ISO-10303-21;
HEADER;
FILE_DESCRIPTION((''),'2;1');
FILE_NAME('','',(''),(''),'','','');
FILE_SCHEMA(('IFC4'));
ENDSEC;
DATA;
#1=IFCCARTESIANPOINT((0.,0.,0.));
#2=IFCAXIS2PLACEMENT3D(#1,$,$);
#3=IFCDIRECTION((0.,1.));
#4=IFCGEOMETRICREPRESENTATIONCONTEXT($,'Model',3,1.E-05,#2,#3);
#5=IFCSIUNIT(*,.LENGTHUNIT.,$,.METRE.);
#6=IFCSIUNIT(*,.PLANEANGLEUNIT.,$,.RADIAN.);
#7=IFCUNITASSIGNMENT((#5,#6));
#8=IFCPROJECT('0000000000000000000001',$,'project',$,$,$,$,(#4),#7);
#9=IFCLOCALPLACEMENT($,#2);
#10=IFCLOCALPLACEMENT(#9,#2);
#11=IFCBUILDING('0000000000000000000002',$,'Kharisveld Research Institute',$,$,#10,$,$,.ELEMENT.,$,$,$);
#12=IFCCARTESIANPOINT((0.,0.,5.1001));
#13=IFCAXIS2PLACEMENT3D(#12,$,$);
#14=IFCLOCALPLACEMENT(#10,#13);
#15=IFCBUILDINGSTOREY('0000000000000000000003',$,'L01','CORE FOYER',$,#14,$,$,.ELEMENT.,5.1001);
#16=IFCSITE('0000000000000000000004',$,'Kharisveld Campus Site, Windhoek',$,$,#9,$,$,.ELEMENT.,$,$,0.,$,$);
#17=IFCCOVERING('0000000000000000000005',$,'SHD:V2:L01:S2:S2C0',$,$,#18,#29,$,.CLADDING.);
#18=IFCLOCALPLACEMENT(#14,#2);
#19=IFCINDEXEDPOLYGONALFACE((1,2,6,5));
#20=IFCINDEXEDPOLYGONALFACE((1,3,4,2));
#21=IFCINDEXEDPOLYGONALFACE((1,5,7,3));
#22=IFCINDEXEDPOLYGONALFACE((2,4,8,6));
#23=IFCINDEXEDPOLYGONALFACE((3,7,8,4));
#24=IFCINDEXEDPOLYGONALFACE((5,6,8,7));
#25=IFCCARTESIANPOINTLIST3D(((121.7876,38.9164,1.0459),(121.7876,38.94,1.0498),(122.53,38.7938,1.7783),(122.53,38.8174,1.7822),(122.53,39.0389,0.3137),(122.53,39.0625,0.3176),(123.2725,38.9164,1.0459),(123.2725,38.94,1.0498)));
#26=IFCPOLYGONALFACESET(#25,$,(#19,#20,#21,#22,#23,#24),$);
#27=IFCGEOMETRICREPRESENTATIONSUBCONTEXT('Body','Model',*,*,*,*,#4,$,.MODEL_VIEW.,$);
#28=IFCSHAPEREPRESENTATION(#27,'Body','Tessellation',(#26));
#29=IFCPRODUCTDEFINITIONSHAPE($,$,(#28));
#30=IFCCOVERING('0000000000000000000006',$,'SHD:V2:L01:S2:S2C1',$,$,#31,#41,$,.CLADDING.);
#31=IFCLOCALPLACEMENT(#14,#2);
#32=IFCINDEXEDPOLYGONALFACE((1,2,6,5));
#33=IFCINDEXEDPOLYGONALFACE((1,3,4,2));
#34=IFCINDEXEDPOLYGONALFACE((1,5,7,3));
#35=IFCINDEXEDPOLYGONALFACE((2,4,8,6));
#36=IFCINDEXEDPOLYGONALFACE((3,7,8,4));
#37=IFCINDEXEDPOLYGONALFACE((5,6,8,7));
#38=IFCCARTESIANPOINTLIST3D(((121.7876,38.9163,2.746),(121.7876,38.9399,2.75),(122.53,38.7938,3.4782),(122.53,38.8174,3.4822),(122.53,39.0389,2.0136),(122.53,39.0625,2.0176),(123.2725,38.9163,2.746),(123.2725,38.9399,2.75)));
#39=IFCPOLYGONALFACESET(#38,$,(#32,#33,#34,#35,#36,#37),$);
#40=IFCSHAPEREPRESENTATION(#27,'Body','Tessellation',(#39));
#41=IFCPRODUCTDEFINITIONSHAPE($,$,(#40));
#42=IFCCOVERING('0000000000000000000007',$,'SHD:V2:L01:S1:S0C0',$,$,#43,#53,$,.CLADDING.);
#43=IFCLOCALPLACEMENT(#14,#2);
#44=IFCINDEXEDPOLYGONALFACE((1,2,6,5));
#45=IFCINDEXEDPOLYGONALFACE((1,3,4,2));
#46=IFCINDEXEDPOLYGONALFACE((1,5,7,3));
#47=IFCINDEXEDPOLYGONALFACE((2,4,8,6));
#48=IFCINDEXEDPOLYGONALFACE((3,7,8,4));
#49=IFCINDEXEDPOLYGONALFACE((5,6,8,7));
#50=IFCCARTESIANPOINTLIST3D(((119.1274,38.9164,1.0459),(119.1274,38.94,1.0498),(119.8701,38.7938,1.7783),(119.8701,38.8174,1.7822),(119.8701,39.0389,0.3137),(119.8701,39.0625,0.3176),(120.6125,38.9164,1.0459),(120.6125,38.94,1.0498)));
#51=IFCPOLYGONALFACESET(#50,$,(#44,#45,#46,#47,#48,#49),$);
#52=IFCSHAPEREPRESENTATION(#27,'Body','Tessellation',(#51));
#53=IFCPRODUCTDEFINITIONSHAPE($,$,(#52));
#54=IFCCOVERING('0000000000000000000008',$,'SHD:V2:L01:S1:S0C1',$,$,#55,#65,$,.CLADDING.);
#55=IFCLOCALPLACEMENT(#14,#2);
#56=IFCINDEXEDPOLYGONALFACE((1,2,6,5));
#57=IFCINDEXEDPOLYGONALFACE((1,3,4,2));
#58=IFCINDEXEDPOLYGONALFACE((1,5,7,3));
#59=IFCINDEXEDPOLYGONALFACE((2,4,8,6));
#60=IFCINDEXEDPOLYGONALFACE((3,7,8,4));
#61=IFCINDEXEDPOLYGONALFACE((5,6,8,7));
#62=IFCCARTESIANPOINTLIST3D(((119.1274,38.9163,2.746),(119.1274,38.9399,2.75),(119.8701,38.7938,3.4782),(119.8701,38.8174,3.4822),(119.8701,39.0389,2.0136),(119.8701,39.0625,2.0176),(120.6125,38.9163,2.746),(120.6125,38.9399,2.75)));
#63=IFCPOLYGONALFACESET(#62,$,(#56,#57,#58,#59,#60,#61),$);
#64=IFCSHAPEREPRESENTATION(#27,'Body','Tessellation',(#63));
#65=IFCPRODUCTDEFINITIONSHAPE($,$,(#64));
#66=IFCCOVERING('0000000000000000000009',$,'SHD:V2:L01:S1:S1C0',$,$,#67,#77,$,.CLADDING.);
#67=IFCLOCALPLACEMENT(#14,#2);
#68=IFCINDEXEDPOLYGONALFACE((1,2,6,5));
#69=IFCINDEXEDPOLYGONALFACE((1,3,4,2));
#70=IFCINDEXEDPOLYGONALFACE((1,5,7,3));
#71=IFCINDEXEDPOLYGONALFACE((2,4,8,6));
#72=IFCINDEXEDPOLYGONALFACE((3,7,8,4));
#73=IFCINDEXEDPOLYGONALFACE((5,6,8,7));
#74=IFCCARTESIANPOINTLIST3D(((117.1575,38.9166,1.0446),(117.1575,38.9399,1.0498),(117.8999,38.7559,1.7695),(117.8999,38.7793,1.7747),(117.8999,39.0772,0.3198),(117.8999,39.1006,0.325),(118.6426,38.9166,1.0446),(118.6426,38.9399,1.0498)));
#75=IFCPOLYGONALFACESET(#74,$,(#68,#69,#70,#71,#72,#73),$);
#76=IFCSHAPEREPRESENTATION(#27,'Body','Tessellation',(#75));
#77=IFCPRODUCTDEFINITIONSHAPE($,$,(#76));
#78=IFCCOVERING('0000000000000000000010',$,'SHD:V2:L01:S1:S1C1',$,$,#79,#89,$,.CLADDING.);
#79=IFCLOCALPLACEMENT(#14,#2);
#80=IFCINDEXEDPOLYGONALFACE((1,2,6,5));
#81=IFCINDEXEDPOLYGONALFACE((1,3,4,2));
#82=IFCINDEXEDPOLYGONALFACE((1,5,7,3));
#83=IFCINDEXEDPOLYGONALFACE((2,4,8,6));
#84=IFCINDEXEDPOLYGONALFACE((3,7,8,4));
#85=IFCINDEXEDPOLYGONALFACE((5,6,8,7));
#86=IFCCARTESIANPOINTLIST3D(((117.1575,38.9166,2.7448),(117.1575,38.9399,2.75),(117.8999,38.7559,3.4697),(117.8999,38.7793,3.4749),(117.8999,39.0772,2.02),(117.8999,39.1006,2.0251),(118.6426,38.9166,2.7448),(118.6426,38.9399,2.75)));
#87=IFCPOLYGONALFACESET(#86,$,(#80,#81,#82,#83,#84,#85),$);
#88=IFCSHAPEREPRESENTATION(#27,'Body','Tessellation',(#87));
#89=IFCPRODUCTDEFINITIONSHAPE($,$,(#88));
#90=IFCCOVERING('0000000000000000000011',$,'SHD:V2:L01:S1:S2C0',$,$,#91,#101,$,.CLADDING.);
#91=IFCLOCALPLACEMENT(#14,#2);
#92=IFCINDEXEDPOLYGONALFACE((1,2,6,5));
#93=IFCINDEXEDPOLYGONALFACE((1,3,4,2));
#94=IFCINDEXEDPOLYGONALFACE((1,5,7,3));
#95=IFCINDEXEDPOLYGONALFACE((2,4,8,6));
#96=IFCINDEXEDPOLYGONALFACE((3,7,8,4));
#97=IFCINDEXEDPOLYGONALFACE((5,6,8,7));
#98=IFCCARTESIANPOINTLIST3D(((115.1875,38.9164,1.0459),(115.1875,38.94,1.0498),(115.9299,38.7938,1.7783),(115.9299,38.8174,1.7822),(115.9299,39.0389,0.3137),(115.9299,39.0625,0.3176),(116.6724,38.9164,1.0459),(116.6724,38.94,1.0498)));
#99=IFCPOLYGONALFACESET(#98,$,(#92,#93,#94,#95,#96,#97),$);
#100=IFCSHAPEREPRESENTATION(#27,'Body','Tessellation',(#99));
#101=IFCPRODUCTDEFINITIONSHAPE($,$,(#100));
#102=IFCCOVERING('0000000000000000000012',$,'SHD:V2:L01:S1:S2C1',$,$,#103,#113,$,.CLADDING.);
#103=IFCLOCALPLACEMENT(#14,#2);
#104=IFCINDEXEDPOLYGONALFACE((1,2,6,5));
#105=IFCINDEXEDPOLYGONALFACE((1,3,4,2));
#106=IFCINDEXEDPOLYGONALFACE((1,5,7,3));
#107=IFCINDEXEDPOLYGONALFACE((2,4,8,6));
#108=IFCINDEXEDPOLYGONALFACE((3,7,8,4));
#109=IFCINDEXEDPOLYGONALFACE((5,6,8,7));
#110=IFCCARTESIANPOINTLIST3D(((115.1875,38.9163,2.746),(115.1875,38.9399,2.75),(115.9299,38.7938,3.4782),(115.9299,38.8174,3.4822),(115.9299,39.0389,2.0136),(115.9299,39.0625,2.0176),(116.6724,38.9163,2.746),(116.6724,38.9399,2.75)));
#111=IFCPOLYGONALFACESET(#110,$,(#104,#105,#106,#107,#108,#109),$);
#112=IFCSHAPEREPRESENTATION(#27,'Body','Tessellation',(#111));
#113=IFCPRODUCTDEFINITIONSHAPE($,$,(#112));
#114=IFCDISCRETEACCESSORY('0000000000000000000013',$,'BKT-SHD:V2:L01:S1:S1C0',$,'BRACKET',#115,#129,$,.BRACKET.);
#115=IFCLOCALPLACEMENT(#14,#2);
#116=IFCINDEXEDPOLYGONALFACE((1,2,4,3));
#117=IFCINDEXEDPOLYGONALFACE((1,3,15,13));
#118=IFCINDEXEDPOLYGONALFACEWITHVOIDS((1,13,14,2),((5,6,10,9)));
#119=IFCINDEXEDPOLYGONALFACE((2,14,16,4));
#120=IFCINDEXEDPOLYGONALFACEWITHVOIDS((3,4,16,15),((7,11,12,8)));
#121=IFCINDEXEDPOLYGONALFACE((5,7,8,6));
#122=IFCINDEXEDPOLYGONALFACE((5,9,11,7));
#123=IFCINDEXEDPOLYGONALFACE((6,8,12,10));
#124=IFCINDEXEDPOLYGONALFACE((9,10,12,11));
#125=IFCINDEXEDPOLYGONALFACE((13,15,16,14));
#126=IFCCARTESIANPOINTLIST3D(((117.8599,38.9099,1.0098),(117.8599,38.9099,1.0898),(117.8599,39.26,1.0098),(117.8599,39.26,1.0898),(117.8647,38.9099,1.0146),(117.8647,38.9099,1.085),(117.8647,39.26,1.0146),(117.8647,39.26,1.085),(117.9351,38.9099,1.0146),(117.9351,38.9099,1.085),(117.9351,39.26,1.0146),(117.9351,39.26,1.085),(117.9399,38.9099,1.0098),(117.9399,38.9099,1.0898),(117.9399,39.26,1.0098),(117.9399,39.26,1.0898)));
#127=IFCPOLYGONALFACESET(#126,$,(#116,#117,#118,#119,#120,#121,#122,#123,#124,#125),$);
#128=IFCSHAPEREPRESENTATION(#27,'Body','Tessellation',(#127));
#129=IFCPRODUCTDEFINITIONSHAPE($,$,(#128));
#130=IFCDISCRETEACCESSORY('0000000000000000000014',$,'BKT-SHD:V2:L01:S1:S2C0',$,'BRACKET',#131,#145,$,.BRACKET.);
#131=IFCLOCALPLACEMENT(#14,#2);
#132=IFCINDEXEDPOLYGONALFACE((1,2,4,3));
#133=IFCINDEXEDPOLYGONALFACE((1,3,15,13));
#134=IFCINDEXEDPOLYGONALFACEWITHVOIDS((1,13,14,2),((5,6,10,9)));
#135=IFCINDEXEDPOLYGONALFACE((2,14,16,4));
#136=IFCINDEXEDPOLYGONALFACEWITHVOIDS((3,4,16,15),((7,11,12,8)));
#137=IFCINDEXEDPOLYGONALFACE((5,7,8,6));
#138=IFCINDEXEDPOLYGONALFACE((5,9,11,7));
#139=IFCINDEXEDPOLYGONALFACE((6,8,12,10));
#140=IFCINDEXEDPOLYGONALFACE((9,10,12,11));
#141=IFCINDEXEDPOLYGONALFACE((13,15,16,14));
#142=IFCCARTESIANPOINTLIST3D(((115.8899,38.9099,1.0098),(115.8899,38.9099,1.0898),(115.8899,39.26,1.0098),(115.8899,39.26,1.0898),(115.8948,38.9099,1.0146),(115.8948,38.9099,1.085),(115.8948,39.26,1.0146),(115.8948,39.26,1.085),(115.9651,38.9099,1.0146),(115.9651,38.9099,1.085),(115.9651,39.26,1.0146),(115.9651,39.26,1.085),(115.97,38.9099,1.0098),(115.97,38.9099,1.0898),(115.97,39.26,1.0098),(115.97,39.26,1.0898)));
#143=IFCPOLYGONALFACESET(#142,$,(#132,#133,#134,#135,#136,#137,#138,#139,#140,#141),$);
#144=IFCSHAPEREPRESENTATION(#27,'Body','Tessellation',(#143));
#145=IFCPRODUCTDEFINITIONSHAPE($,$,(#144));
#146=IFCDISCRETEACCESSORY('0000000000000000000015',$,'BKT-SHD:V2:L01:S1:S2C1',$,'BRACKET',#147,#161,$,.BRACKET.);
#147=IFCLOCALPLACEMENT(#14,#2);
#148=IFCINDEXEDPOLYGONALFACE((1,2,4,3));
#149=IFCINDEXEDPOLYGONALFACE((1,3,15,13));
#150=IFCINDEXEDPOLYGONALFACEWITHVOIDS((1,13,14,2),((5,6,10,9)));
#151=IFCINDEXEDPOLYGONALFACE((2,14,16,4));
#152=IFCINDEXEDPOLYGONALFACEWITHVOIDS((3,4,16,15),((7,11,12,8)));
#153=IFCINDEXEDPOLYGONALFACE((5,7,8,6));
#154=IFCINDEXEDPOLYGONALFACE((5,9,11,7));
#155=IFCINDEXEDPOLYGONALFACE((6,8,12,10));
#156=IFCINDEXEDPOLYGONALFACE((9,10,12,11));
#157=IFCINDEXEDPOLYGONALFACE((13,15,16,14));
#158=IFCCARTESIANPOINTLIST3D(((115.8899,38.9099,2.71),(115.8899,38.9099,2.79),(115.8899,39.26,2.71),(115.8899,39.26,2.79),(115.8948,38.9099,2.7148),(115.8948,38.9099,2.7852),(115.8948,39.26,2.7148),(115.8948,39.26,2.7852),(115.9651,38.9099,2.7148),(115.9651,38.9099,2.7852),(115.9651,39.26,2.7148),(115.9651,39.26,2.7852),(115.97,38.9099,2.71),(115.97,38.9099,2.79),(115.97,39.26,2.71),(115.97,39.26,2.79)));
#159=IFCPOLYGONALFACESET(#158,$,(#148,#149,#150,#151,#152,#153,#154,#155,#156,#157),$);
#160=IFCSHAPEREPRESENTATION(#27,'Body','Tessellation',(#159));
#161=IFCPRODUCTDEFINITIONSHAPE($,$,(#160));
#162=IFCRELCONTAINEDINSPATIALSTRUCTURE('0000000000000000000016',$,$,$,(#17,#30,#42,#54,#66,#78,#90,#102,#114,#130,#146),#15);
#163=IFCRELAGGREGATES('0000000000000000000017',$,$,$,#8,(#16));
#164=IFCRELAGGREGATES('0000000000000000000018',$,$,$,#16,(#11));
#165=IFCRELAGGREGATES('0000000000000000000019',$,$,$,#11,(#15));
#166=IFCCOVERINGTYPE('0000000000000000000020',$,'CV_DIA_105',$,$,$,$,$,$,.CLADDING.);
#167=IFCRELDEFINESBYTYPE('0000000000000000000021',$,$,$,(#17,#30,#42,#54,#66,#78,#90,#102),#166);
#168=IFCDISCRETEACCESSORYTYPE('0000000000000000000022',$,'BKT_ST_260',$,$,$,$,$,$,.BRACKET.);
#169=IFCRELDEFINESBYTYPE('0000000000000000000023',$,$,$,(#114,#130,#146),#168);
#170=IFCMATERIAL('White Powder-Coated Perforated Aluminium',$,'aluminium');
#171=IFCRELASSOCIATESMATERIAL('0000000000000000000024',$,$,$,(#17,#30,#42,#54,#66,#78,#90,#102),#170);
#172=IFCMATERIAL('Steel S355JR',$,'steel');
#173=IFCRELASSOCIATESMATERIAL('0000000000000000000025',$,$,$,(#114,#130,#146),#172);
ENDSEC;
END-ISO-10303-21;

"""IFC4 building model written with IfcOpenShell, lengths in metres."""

from ifc_helpers import new_model, si_unit, direction, frame, origin, origin_2d, place, context, subcontext, project, spatial, polyline, hollow_rectangle, outline, extrude, material, type_object, element, save


model = new_model("IFC4")

# Units and contexts
model_context = context("Model", 3, precision=1e-05, world=origin(), true_north=direction((0.0, 1.0)))
body_context = subcontext(model_context, "Body", "Model", "MODEL_VIEW")
ifc_project = project(units=[si_unit("LENGTHUNIT", "METRE"), si_unit("PLANEANGLEUNIT", "RADIAN")], contexts=[model_context])

# Site, building, storey
site_placement = place(None, origin())
site = spatial("IfcSite", under=ifc_project, at=site_placement, Name="Kharisveld Campus Site, Windhoek", CompositionType="ELEMENT", RefElevation=0.0)
building_placement = place(site_placement, origin())
building = spatial("IfcBuilding", under=site, at=building_placement, Name="Kharisveld Research Institute", CompositionType="ELEMENT")
storey_placement = place(building_placement, frame((0.0, 0.0, 5.1001)))
storey = spatial("IfcBuildingStorey", under=building, at=storey_placement, Name="L01", Description="CORE FOYER", CompositionType="ELEMENT", Elevation=5.1001)

# Coverings
ifc_material_1 = material(Name="White Powder-Coated Perforated Aluminium", Category="aluminium")
covering_type = type_object("IfcCoveringType", Name="CV_DIA_105", PredefinedType="CLADDING")
covering_1_placement = place(storey_placement, frame((122.53, 39.0625, 0.3176), z_axis=(0.0, 0.986283, 0.165065), x_axis=(-0.707139, -0.116714, 0.697376)))
element("IfcCovering", 1, at=covering_1_placement, inside=storey, type_object=covering_type, material=ifc_material_1, Name="SHD:V2:L01:S2:S2C0", PredefinedType="CLADDING", context=body_context, shape_type="SweptSolid", body=[
    extrude(outline(polyline([(0.0, 0.0), (1.0499, 0.0), (1.05, 1.0501), (-0.0001, 1.0499), (0.0, 0.0)])), origin(), (0.0, 0.0, -1.0), 0.0239),
])
covering_2_placement = place(storey_placement, frame((122.53, 39.0625, 2.0176), z_axis=(0.0, 0.986283, 0.165065), x_axis=(-0.707024, -0.116733, 0.697489)))
element("IfcCovering", 2, at=covering_2_placement, inside=storey, type_object=covering_type, material=ifc_material_1, Name="SHD:V2:L01:S2:S2C1", PredefinedType="CLADDING", context=body_context, shape_type="SweptSolid", body=[
    extrude(outline(polyline([(0.0, 0.0), (1.0501, 0.0), (1.0502, 1.0499), (0.0002, 1.0501), (0.0, 0.0)])), origin(), (0.0, 0.0, -1.0), 0.0239),
])
covering_3_placement = place(storey_placement, frame((119.8701, 39.0625, 0.3176), z_axis=(0.0, 0.986283, 0.165065), x_axis=(-0.707255, -0.116694, 0.697261)))
element("IfcCovering", 3, at=covering_3_placement, inside=storey, type_object=covering_type, material=ifc_material_1, Name="SHD:V2:L01:S1:S0C0", PredefinedType="CLADDING", context=body_context, shape_type="SweptSolid", body=[
    extrude(outline(polyline([(0.0, 0.0), (1.0501, 0.0), (1.0498, 1.0503), (-0.0003, 1.0499), (0.0, 0.0)])), origin(), (0.0, 0.0, -1.0), 0.0239),
])
covering_4_placement = place(storey_placement, frame((119.8701, 39.0625, 2.0176), z_axis=(0.0, 0.986283, 0.165065), x_axis=(-0.70714, -0.116713, 0.697374)))
element("IfcCovering", 4, at=covering_4_placement, inside=storey, type_object=covering_type, material=ifc_material_1, Name="SHD:V2:L01:S1:S0C1", PredefinedType="CLADDING", context=body_context, shape_type="SweptSolid", body=[
    extrude(outline(polyline([(0.0, 0.0), (1.0503, 0.0), (1.05, 1.0501), (0.0001, 1.0501), (0.0, 0.0)])), origin(), (0.0, 0.0, -1.0), 0.0239),
])
for number, where, z_axis, x_axis, name in (
    (5, (117.8999, 39.1006, 0.325), (0.0, 0.976311, 0.216373), (-0.707102, -0.153, 0.69036), "SHD:V2:L01:S1:S1C0"),
    (6, (117.8999, 39.1006, 2.0251), (0.0, 0.976311, 0.216373), (-0.707102, -0.153, 0.69036), "SHD:V2:L01:S1:S1C1"),
):
    element("IfcCovering", number, at=place(storey_placement, frame(where, z_axis=z_axis, x_axis=x_axis)), inside=storey, type_object=covering_type, material=ifc_material_1, Name=name, PredefinedType="CLADDING", context=body_context, shape_type="SweptSolid", body=[
        extrude(outline(polyline([(0.0, 0.0), (1.05, 0.0), (1.05, 1.05), (-0.0002, 1.0501), (0.0, 0.0)])), origin(), (0.0, 0.0, -1.0), 0.0239),
    ])
covering_5_placement = place(storey_placement, frame((115.9299, 39.0625, 0.3176), z_axis=(0.0, 0.986283, 0.165065), x_axis=(-0.707139, -0.116714, 0.697376)))
element("IfcCovering", 7, at=covering_5_placement, inside=storey, type_object=covering_type, material=ifc_material_1, Name="SHD:V2:L01:S1:S2C0", PredefinedType="CLADDING", context=body_context, shape_type="SweptSolid", body=[
    extrude(outline(polyline([(0.0, 0.0), (1.0499, 0.0), (1.05, 1.0501), (-0.0001, 1.0499), (0.0, 0.0)])), origin(), (0.0, 0.0, -1.0), 0.0239),
])
covering_6_placement = place(storey_placement, frame((115.9299, 39.0625, 2.0176), z_axis=(0.0, 0.986283, 0.165065), x_axis=(-0.707024, -0.116733, 0.697489)))
element("IfcCovering", 8, at=covering_6_placement, inside=storey, type_object=covering_type, material=ifc_material_1, Name="SHD:V2:L01:S1:S2C1", PredefinedType="CLADDING", context=body_context, shape_type="SweptSolid", body=[
    extrude(outline(polyline([(0.0, 0.0), (1.0501, 0.0), (1.0502, 1.0499), (0.0002, 1.0501), (0.0, 0.0)])), origin(), (0.0, 0.0, -1.0), 0.0239),
])

# Discrete accessories
ifc_material_2 = material(Name="Steel S355JR", Category="steel")
discrete_accessory_type = type_object("IfcDiscreteAccessoryType", Name="BKT_ST_260", PredefinedType="BRACKET")
for number, where, z_axis, x_axis, name in (
    (9, (117.8999, 39.26, 1.0498), (0.0, -1.0, 0.0), (1.0, 0.0, 0.0), "BKT-SHD:V2:L01:S1:S1C0"),
    (10, (115.9299, 39.26, 1.0498), (0.0, -1.0, 0.0), (1.0, 0.0, 0.0), "BKT-SHD:V2:L01:S1:S2C0"),
    (11, (115.9299, 39.26, 2.75), (0.0, -1.0, 0.0), (1.0, 0.0, 0.0), "BKT-SHD:V2:L01:S1:S2C1"),
):
    element("IfcDiscreteAccessory", number, at=place(storey_placement, frame(where, z_axis=z_axis, x_axis=x_axis)), inside=storey, type_object=discrete_accessory_type, material=ifc_material_2, Name=name, ObjectType="BRACKET", PredefinedType="BRACKET", context=body_context, shape_type="SweptSolid", body=[
        extrude(hollow_rectangle(XDim=0.0801, YDim=0.0801, WallThickness=0.0049, at=origin_2d()), origin(), (0.0, 0.0, 1.0), 0.3501),
    ])

save(model, "model.ifc")
